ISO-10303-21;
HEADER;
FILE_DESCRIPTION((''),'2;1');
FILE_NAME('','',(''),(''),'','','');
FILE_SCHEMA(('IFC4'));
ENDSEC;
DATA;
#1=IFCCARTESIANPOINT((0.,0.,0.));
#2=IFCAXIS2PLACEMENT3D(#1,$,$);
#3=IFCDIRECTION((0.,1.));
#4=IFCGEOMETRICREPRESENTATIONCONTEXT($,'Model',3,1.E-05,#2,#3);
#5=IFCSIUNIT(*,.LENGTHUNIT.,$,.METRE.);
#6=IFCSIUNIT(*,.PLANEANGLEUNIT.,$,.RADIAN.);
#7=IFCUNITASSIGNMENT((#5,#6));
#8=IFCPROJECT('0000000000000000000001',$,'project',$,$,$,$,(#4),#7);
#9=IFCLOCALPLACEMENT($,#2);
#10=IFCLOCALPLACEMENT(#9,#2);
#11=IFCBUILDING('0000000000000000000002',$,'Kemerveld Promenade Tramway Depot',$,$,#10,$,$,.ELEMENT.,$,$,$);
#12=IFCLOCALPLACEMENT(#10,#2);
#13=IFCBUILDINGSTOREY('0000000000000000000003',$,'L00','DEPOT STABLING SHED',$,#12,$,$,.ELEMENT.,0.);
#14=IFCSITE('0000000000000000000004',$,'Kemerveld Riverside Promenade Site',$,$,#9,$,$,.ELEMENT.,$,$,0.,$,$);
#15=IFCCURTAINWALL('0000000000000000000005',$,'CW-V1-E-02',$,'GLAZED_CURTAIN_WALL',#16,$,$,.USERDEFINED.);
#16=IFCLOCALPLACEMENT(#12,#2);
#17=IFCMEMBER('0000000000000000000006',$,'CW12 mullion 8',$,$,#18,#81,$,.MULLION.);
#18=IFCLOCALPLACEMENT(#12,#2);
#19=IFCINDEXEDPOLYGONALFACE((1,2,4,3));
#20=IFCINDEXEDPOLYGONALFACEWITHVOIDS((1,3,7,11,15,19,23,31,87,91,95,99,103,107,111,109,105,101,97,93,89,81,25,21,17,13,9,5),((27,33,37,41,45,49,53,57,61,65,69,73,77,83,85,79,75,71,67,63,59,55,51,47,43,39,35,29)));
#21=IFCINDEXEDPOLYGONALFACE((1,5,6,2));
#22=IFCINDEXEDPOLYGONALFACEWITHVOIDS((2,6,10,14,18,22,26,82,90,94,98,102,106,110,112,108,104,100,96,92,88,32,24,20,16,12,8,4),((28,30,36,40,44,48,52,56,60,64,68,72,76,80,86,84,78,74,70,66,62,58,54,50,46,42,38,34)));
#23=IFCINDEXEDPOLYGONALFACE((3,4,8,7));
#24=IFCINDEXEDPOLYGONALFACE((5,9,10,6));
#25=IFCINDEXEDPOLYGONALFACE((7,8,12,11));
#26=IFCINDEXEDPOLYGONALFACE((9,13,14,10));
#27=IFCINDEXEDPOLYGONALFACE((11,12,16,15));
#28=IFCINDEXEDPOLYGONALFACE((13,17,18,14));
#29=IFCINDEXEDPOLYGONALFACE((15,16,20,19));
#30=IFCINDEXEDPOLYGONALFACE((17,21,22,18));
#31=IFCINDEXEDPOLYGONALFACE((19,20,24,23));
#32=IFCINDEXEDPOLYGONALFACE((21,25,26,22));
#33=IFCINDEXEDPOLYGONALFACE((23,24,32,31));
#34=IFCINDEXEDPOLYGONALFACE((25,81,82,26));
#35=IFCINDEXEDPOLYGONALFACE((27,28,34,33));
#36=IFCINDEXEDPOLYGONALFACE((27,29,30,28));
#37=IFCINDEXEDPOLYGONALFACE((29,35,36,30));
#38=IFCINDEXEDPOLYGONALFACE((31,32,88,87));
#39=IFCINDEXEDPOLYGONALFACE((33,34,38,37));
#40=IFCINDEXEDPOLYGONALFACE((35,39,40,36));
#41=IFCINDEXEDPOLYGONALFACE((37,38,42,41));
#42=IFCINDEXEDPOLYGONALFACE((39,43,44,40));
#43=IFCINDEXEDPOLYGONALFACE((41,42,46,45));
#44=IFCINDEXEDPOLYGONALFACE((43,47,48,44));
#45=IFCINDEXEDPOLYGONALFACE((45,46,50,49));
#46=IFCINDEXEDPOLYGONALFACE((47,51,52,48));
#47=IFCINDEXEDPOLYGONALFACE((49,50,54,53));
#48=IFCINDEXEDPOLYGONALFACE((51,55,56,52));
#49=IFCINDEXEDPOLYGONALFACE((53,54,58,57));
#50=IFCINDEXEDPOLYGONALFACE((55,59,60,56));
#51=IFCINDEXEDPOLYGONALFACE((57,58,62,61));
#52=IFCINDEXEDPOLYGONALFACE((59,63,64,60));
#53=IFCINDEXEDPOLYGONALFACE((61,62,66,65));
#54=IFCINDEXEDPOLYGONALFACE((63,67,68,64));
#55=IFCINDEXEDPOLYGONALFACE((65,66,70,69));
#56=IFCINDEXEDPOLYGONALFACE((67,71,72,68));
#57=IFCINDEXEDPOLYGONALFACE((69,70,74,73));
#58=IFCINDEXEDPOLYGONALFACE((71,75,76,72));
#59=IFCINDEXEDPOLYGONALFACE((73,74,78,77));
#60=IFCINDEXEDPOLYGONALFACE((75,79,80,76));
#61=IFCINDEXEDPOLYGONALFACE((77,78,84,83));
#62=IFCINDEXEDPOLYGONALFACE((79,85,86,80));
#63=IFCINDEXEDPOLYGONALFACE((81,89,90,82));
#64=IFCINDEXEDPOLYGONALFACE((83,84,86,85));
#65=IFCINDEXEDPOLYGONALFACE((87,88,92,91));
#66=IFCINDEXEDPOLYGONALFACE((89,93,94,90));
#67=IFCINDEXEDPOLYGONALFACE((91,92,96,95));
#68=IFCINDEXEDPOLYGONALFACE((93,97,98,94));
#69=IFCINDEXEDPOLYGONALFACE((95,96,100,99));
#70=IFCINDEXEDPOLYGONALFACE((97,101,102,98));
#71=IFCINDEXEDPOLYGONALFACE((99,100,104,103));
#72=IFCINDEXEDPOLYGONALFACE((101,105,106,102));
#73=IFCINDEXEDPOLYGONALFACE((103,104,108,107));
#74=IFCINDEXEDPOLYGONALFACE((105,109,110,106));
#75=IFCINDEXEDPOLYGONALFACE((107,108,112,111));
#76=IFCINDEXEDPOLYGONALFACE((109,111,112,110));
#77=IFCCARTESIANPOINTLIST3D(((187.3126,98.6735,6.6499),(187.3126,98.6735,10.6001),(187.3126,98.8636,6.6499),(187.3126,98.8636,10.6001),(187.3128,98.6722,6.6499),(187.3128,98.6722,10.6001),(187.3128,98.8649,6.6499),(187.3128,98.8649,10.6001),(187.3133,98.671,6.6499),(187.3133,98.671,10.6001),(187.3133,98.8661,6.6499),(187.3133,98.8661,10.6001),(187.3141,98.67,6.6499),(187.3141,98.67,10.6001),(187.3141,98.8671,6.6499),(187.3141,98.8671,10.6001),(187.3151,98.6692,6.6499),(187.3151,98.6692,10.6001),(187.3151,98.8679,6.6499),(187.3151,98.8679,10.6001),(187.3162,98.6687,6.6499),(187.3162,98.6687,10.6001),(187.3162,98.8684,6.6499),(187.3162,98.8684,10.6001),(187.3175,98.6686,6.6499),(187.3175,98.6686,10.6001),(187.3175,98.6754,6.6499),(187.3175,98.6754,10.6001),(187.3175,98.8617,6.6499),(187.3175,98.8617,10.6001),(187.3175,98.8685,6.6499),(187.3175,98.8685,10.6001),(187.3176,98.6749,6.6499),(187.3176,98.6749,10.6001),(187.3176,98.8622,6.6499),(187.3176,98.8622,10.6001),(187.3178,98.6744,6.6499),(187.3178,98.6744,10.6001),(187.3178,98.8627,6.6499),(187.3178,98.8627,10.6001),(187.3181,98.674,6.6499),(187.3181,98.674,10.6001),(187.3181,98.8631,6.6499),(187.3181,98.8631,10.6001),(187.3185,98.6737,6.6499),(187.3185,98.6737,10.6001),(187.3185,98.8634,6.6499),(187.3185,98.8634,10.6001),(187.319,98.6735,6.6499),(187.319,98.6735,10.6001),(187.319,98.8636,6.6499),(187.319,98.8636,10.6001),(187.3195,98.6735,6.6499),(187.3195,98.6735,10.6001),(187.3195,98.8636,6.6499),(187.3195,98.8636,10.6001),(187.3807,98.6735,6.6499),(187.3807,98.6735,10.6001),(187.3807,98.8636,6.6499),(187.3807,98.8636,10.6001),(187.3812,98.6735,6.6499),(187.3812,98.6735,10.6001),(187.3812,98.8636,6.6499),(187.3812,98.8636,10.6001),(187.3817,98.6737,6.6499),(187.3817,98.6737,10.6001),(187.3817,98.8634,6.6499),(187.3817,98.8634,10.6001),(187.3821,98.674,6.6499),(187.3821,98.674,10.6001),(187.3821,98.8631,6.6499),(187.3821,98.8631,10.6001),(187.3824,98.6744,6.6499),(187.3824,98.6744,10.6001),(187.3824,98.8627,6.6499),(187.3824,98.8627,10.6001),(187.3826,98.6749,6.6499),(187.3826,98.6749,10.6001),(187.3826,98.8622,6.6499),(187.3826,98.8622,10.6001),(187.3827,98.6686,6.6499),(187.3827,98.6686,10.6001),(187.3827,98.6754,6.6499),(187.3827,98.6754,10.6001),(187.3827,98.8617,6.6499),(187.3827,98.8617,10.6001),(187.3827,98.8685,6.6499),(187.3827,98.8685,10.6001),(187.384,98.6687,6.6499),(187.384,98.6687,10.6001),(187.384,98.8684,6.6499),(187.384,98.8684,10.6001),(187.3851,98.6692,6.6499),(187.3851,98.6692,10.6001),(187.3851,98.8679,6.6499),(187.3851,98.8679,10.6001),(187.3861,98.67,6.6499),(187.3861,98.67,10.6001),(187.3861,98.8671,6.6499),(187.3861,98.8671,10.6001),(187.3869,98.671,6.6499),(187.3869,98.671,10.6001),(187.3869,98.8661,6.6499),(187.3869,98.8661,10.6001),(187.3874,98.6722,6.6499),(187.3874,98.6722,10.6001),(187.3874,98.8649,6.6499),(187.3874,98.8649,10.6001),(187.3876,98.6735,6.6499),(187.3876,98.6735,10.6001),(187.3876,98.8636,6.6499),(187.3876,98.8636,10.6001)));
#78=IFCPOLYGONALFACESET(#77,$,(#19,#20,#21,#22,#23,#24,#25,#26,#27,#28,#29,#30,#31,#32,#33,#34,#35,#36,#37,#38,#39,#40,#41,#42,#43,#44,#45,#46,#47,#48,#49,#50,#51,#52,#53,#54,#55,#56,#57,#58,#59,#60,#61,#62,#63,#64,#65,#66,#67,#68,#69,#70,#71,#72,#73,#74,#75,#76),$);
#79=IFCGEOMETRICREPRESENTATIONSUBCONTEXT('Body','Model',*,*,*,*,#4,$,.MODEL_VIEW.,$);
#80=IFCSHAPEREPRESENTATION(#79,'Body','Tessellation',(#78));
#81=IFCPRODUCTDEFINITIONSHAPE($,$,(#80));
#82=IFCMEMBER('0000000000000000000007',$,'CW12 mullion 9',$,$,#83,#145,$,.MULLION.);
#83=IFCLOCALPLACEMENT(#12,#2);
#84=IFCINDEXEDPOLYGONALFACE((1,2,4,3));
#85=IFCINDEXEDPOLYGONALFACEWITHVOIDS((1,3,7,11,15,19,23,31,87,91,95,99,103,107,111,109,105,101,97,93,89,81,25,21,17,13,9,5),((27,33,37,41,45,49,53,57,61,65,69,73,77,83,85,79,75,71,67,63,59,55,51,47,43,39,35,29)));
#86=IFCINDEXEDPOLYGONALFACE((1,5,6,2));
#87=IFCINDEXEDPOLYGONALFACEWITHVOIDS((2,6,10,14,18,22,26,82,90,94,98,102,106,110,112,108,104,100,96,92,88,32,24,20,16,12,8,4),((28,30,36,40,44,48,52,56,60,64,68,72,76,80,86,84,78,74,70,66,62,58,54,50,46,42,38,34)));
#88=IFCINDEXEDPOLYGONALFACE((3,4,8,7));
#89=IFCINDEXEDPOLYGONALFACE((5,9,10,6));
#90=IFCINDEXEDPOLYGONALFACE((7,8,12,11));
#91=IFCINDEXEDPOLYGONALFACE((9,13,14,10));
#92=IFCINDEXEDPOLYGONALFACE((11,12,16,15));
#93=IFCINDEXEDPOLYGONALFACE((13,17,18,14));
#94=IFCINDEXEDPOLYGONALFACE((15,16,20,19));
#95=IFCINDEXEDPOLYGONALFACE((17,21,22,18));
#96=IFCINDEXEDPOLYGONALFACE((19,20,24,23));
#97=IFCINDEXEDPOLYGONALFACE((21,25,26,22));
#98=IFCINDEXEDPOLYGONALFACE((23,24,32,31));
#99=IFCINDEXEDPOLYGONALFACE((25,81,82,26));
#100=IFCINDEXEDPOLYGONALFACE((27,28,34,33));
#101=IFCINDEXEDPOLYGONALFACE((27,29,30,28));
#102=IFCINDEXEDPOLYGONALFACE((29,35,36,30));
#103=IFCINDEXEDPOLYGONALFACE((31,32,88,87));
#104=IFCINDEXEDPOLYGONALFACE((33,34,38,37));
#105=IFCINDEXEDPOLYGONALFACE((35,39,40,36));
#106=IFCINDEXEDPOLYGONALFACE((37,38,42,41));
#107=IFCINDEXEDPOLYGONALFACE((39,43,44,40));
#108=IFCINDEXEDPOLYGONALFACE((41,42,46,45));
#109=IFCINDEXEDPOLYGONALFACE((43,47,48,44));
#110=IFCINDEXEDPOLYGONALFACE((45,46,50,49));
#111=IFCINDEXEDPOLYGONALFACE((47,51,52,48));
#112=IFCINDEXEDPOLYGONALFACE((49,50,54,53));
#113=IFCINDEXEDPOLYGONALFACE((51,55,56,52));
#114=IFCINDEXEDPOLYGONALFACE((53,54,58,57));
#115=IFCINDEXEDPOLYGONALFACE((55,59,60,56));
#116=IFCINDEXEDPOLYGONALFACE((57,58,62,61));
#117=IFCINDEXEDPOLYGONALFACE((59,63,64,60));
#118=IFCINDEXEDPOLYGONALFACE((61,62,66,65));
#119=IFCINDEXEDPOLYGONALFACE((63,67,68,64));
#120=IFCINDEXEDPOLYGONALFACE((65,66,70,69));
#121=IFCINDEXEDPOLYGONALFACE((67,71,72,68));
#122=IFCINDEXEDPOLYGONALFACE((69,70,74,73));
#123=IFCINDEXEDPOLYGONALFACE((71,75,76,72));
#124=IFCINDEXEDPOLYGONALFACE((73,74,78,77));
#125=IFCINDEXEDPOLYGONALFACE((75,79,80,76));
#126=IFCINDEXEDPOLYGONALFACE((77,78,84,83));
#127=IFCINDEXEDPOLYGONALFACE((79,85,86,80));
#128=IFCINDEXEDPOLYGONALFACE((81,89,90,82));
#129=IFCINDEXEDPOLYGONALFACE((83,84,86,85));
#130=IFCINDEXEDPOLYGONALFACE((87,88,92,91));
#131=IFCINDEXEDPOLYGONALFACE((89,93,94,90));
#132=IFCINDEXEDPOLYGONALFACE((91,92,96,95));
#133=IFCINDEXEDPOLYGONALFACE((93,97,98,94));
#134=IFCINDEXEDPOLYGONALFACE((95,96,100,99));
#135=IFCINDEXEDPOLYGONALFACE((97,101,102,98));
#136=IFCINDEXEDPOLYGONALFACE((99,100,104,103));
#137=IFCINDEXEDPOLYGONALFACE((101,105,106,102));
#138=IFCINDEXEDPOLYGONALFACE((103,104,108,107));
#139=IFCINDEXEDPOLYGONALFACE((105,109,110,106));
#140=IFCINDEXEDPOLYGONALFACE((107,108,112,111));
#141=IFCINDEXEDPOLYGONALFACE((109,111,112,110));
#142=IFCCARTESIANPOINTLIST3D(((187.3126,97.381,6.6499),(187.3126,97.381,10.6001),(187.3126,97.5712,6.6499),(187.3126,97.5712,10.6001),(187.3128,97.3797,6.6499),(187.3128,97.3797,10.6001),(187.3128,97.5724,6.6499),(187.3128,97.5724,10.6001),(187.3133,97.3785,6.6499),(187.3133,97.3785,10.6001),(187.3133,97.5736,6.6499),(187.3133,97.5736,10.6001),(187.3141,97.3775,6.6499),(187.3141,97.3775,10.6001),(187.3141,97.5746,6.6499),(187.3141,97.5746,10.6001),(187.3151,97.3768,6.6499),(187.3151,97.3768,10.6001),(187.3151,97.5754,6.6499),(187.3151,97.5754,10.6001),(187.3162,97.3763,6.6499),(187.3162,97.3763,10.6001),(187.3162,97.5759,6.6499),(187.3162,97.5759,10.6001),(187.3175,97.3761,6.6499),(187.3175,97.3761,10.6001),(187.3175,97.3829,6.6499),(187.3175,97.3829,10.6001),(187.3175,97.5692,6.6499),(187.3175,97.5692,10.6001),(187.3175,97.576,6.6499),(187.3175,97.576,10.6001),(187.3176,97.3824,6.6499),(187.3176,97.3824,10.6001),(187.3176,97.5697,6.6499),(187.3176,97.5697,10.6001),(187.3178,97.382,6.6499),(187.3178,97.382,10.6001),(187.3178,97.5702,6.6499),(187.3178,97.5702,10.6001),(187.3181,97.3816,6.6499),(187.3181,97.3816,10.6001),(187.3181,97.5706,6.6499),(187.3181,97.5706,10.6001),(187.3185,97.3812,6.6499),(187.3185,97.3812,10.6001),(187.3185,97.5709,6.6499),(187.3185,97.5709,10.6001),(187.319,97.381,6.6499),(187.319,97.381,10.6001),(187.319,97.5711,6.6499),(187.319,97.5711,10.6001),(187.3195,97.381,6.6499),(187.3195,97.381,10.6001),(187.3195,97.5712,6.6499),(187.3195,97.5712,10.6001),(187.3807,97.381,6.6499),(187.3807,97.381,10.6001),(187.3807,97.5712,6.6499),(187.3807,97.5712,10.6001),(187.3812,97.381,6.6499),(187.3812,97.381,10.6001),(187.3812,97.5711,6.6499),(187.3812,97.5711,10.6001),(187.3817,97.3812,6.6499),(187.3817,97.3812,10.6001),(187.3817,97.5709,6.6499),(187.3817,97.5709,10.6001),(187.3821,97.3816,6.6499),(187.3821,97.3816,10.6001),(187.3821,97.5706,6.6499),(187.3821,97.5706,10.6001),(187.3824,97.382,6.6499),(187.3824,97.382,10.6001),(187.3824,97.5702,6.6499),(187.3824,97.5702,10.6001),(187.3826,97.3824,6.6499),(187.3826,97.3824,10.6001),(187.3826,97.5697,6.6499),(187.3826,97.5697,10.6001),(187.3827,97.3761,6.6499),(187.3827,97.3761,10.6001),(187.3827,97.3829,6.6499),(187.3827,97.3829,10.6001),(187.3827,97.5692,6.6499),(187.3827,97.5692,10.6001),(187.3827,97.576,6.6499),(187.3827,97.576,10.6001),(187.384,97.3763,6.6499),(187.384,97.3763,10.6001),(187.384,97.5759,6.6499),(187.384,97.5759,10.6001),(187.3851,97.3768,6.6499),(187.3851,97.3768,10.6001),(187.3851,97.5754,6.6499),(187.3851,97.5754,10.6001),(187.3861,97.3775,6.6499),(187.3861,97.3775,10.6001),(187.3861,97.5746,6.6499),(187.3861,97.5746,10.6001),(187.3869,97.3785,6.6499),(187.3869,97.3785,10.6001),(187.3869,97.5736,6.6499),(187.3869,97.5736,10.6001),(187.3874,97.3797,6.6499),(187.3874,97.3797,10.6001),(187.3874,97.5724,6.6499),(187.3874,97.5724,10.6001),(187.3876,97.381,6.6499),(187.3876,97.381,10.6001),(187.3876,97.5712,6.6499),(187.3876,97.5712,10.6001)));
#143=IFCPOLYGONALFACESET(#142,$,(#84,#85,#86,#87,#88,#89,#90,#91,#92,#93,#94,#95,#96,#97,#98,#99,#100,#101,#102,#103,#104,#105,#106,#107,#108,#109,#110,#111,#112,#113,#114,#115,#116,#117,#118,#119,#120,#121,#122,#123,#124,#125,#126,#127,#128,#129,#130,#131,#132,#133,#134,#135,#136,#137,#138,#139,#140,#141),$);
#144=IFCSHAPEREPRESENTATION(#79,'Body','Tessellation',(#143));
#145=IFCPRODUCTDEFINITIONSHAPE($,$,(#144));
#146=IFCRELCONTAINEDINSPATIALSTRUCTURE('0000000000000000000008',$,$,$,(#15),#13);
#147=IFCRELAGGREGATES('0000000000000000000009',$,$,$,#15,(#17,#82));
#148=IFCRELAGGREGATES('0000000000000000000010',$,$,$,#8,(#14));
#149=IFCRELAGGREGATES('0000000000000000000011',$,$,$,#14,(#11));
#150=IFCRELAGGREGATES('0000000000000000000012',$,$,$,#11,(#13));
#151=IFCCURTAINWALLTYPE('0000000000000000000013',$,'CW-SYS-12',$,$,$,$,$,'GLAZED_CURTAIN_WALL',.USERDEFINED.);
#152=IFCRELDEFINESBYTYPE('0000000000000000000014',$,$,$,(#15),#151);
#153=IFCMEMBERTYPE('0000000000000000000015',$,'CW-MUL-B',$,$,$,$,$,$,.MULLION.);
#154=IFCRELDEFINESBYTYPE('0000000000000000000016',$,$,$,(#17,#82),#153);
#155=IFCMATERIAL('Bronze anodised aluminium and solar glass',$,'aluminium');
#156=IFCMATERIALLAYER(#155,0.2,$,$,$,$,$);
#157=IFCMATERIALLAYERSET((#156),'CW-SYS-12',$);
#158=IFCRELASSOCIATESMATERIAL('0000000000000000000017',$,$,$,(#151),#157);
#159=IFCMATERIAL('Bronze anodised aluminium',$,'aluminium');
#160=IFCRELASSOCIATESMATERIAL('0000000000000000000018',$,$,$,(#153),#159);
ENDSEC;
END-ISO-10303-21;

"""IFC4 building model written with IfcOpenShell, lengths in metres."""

from ifc_helpers import new_model, si_unit, direction, frame, origin, origin_2d, place, context, subcontext, project, spatial, hollow_rectangle, extrude, material, layer, layer_set, material_profile, profile_set, type_object, element, aggregate, save


model = new_model("IFC4")

# Units and contexts
model_context = context("Model", 3, precision=1e-05, world=origin(), true_north=direction((0.0, 1.0)))
body_context = subcontext(model_context, "Body", "Model", "MODEL_VIEW")
ifc_project = project(units=[si_unit("LENGTHUNIT", "METRE"), si_unit("PLANEANGLEUNIT", "RADIAN")], contexts=[model_context])

# Site, building, storey
site_placement = place(None, origin())
site = spatial("IfcSite", under=ifc_project, at=site_placement, Name="Kemerveld Riverside Promenade Site", CompositionType="ELEMENT", RefElevation=0.0)
building_placement = place(site_placement, origin())
building = spatial("IfcBuilding", under=site, at=building_placement, Name="Kemerveld Promenade Tramway Depot", CompositionType="ELEMENT")
storey_placement = place(building_placement, origin())
storey = spatial("IfcBuildingStorey", under=building, at=storey_placement, Name="L00", Description="DEPOT STABLING SHED", CompositionType="ELEMENT", Elevation=0.0)

# Curtain wall, members
ifc_material_1 = material(Name="Bronze anodised aluminium and solar glass", Category="aluminium")
ifc_layer_1 = layer(ifc_material_1, 0.2)
ifc_layer_set_1 = layer_set([ifc_layer_1], Name="CW-SYS-12")
curtain_wall_type = type_object("IfcCurtainWallType", Name="CW-SYS-12", ElementType="GLAZED_CURTAIN_WALL", PredefinedType="USERDEFINED", material=ifc_layer_set_1)
curtain_wall_placement = place(storey_placement, origin())
curtain_wall = element("IfcCurtainWall", 1, at=curtain_wall_placement, inside=storey, type_object=curtain_wall_type, Name="CW-V1-E-02", ObjectType="GLAZED_CURTAIN_WALL", PredefinedType="USERDEFINED")
ifc_material_2 = material(Name="Bronze anodised aluminium", Category="aluminium")
ifc_material_profile_1 = material_profile(ifc_material_2, hollow_rectangle(XDim=0.075, YDim=0.2, WallThickness=0.0049, InnerFilletRadius=0.002, OuterFilletRadius=0.0049, at=origin_2d()), Name="CW-MUL-200x75")
ifc_profile_set_1 = profile_set([ifc_material_profile_1], Name="Bronze anodised aluminium")
member_type_1 = type_object("IfcMemberType", Name="CW-MUL-B", PredefinedType="MULLION", material=ifc_profile_set_1)
member_1_placement = place(storey_placement, frame((187.3501, 98.7686, 6.6499), z_axis=(0.0, 0.0, 1.0), x_axis=(1.0, 0.0, 0.0)))
member_1 = element("IfcMember", 2, at=member_1_placement, type_object=member_type_1, Name="CW12 mullion 8", PredefinedType="MULLION", context=body_context, shape_type="SweptSolid", body=[
    extrude(hollow_rectangle(XDim=0.075, YDim=0.2, WallThickness=0.0049, InnerFilletRadius=0.002, OuterFilletRadius=0.0049, at=origin_2d()), origin(), (0.0, 0.0, 1.0), 3.9502),
])
member_2_placement = place(storey_placement, frame((187.3501, 97.4761, 6.6499), z_axis=(0.0, 0.0, 1.0), x_axis=(1.0, 0.0, 0.0)))
member_2 = element("IfcMember", 3, at=member_2_placement, type_object=member_type_1, Name="CW12 mullion 9", PredefinedType="MULLION", context=body_context, shape_type="SweptSolid", body=[
    extrude(hollow_rectangle(XDim=0.075, YDim=0.2, WallThickness=0.0049, InnerFilletRadius=0.002, OuterFilletRadius=0.0049, at=origin_2d()), origin(), (0.0, 0.0, 1.0), 3.9502),
])
aggregate(curtain_wall, [member_1, member_2])

save(model, "model.ifc")
